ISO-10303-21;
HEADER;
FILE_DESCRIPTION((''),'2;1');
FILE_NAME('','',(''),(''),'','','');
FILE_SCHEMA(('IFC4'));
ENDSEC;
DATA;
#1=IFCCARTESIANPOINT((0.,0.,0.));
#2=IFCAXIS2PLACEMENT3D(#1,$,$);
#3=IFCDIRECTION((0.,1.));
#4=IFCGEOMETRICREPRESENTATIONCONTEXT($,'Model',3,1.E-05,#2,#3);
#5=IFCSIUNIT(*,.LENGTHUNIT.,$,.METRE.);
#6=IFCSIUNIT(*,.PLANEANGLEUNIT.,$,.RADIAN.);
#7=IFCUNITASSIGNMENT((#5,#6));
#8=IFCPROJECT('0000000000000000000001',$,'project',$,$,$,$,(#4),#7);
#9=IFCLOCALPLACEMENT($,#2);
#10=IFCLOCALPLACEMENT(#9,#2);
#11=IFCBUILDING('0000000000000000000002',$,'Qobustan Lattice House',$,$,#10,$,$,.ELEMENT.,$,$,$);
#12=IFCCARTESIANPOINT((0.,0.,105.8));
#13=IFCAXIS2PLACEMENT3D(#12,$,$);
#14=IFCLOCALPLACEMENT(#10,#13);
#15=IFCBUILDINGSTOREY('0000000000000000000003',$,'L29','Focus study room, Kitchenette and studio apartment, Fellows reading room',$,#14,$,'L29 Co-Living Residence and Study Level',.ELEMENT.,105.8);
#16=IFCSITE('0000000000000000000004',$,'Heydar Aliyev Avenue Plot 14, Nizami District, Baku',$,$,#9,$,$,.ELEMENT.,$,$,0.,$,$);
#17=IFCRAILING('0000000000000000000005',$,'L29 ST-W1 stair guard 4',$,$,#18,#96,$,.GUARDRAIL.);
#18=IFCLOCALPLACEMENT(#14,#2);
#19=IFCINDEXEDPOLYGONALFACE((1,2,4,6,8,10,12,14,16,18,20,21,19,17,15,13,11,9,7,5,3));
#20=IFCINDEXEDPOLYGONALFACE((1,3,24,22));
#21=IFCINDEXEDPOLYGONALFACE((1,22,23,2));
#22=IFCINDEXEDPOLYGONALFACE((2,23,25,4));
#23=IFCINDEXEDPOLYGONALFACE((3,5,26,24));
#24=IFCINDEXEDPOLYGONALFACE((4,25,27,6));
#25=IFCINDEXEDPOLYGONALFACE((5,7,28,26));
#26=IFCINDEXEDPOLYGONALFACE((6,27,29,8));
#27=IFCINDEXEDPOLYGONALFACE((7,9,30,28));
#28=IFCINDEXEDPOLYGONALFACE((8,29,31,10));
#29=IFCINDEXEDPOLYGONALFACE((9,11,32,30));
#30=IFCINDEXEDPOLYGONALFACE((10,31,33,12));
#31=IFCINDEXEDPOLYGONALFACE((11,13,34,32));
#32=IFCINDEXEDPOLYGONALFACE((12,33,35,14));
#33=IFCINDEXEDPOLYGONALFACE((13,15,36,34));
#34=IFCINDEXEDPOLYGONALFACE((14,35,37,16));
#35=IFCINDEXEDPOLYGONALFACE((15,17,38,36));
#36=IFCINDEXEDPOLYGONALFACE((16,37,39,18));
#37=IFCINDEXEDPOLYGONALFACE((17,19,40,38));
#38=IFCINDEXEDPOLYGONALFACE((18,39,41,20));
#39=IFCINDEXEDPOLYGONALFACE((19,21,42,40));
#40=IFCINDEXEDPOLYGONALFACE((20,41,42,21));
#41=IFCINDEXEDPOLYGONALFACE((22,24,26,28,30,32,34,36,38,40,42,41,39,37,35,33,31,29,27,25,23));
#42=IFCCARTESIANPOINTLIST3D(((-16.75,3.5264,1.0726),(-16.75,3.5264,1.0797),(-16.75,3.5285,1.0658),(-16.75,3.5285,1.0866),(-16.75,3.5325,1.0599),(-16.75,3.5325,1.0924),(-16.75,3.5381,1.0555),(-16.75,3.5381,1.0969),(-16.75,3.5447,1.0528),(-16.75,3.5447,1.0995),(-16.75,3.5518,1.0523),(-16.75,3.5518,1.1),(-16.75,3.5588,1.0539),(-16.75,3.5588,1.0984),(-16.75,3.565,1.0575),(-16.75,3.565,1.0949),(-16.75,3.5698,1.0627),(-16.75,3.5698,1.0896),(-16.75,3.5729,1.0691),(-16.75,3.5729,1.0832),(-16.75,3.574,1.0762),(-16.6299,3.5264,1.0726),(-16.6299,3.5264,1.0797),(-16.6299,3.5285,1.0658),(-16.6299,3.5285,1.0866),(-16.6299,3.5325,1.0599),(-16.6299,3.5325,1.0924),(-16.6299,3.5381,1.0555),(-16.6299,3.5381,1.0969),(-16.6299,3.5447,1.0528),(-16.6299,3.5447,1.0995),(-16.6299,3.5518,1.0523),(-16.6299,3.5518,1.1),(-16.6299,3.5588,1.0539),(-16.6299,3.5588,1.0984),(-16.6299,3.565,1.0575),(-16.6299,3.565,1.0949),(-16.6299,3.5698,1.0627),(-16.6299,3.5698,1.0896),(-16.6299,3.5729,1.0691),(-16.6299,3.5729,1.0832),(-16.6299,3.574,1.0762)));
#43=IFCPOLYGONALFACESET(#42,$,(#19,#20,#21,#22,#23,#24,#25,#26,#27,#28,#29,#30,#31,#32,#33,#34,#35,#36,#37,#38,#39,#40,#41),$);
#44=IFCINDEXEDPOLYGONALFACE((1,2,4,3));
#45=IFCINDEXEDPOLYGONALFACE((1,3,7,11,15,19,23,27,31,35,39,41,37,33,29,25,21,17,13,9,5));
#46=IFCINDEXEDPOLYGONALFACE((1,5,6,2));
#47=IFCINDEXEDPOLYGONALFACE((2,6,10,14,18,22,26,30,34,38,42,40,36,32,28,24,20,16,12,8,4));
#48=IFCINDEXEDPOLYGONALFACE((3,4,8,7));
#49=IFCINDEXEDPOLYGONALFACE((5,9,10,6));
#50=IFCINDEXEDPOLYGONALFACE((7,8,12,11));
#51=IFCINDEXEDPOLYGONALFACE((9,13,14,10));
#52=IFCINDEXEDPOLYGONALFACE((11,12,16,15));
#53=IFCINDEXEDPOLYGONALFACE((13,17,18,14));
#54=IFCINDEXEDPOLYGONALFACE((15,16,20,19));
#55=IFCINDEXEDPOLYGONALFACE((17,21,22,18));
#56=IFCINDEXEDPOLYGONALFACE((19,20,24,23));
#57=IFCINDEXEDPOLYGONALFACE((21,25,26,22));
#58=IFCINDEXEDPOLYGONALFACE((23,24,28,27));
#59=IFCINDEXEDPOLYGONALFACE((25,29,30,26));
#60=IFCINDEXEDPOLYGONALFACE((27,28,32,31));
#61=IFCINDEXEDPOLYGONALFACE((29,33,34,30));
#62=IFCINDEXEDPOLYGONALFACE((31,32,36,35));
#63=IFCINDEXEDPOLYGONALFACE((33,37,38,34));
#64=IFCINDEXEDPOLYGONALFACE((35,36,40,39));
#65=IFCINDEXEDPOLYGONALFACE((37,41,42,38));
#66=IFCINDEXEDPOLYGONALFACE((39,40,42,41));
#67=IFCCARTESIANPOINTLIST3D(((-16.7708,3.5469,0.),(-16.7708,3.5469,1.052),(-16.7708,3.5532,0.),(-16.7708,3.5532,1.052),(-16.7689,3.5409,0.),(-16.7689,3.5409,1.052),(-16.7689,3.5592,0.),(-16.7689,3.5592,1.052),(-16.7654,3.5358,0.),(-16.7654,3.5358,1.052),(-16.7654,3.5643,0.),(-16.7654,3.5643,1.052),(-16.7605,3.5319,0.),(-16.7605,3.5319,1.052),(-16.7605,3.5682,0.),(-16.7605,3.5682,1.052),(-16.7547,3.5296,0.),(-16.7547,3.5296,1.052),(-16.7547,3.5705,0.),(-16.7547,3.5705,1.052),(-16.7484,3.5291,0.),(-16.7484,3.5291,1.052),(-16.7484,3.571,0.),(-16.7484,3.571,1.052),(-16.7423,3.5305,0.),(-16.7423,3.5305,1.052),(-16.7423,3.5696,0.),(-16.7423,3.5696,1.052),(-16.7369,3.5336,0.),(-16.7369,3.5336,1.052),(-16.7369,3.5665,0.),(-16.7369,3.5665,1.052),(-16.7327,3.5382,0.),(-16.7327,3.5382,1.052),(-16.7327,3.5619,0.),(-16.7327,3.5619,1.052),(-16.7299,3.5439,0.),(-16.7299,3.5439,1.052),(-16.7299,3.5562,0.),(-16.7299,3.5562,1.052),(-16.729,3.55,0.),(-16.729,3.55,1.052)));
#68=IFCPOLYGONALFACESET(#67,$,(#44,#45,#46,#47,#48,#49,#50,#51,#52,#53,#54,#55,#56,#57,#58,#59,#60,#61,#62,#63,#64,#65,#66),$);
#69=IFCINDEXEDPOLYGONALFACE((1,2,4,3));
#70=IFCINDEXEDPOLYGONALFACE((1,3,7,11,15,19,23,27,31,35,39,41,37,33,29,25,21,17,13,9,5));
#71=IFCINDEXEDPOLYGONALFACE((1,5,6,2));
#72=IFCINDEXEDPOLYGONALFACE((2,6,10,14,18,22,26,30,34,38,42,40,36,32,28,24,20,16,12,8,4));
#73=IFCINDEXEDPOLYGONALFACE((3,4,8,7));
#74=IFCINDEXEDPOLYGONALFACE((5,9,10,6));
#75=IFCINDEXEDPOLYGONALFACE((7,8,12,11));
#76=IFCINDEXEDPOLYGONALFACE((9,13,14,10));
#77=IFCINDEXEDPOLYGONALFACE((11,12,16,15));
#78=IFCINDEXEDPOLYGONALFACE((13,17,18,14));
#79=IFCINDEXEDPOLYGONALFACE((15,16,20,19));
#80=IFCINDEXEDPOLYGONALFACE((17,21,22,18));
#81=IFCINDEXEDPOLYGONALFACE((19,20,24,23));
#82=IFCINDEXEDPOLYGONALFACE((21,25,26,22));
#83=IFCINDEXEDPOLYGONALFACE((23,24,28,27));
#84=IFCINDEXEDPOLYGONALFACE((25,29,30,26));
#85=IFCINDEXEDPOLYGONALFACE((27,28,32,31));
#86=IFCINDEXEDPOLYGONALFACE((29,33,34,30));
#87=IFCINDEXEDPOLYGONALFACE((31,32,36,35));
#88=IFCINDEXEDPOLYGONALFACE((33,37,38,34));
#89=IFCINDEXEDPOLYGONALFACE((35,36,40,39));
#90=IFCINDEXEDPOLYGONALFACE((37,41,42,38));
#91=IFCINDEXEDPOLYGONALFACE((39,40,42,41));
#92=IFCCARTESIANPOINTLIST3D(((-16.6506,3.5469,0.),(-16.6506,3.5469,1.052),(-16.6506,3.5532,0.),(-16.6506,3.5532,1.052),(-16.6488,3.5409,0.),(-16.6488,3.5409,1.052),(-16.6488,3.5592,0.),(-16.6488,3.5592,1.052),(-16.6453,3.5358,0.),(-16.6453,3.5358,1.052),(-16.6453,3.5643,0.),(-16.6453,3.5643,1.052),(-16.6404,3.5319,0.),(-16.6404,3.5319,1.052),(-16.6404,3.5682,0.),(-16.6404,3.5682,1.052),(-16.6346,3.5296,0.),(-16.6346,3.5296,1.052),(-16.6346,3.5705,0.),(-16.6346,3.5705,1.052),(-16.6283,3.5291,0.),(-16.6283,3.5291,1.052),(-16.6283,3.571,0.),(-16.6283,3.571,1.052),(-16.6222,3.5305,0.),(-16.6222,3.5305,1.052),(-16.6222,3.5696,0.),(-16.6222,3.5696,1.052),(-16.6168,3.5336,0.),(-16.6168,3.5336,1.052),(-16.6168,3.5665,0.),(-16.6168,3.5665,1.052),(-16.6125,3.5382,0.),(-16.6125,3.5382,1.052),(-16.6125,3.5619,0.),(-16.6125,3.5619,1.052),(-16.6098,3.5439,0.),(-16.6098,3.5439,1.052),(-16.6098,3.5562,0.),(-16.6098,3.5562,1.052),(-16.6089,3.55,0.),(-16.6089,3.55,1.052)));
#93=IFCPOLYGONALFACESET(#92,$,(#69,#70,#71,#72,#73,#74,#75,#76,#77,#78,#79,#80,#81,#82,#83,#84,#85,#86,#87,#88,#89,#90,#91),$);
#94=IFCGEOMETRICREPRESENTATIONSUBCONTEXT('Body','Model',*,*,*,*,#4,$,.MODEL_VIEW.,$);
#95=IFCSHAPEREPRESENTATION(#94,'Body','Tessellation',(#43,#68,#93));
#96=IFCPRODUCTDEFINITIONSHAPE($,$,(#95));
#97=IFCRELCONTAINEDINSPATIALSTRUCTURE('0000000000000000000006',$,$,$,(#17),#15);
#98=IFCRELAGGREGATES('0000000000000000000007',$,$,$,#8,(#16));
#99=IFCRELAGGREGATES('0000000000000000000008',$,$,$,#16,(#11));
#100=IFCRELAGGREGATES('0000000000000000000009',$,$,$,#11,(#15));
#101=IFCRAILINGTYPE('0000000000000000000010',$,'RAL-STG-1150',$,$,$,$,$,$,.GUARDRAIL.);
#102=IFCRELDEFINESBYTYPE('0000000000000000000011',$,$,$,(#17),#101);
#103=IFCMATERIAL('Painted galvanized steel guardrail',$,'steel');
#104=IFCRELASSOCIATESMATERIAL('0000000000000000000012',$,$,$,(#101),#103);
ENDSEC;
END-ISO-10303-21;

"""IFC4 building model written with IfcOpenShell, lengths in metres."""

from ifc_helpers import new_model, si_unit, direction, frame, origin, origin_2d, place, context, subcontext, project, spatial, circle, extrude, material, type_object, element, save


model = new_model("IFC4")

# Units and contexts
model_context = context("Model", 3, precision=1e-05, world=origin(), true_north=direction((0.0, 1.0)))
body_context = subcontext(model_context, "Body", "Model", "MODEL_VIEW")
ifc_project = project(units=[si_unit("LENGTHUNIT", "METRE"), si_unit("PLANEANGLEUNIT", "RADIAN")], contexts=[model_context])

# Site, building, storey
site_placement = place(None, origin())
site = spatial("IfcSite", under=ifc_project, at=site_placement, Name="Heydar Aliyev Avenue Plot 14, Nizami District, Baku", CompositionType="ELEMENT", RefElevation=0.0)
building_placement = place(site_placement, origin())
building = spatial("IfcBuilding", under=site, at=building_placement, Name="Qobustan Lattice House", CompositionType="ELEMENT")
storey_placement = place(building_placement, frame((0.0, 0.0, 105.8)))
storey = spatial("IfcBuildingStorey", under=building, at=storey_placement, Name="L29", Description="Focus study room, Kitchenette and studio apartment, Fellows reading room", LongName="L29 Co-Living Residence and Study Level", CompositionType="ELEMENT", Elevation=105.8)

# Railing
ifc_material_1 = material(Name="Painted galvanized steel guardrail", Category="steel")
railing_type_1 = type_object("IfcRailingType", Name="RAL-STG-1150", PredefinedType="GUARDRAIL", material=ifc_material_1)
railing_1_placement = place(storey_placement, frame((-16.75, 3.55, 0.0)))
element("IfcRailing", 1, at=railing_1_placement, inside=storey, type_object=railing_type_1, Name="L29 ST-W1 stair guard 4", PredefinedType="GUARDRAIL", context=body_context, shape_type="SweptSolid", body=[
    extrude(circle(Radius=0.0239, at=origin_2d()), frame((0.0, 0.0, 1.0762), z_axis=(1.0, 0.0, 0.0), x_axis=(0.0, 1.0, 0.0)), (0.0, 0.0, 1.0), 0.1201),
    extrude(circle(Radius=0.021, at=origin_2d()), origin(), (0.0, 0.0, 1.0), 1.052),
    extrude(circle(Radius=0.021, at=origin_2d()), frame((0.1201, 0.0, 0.0)), (0.0, 0.0, 1.0), 1.052),
])

save(model, "model.ifc")
